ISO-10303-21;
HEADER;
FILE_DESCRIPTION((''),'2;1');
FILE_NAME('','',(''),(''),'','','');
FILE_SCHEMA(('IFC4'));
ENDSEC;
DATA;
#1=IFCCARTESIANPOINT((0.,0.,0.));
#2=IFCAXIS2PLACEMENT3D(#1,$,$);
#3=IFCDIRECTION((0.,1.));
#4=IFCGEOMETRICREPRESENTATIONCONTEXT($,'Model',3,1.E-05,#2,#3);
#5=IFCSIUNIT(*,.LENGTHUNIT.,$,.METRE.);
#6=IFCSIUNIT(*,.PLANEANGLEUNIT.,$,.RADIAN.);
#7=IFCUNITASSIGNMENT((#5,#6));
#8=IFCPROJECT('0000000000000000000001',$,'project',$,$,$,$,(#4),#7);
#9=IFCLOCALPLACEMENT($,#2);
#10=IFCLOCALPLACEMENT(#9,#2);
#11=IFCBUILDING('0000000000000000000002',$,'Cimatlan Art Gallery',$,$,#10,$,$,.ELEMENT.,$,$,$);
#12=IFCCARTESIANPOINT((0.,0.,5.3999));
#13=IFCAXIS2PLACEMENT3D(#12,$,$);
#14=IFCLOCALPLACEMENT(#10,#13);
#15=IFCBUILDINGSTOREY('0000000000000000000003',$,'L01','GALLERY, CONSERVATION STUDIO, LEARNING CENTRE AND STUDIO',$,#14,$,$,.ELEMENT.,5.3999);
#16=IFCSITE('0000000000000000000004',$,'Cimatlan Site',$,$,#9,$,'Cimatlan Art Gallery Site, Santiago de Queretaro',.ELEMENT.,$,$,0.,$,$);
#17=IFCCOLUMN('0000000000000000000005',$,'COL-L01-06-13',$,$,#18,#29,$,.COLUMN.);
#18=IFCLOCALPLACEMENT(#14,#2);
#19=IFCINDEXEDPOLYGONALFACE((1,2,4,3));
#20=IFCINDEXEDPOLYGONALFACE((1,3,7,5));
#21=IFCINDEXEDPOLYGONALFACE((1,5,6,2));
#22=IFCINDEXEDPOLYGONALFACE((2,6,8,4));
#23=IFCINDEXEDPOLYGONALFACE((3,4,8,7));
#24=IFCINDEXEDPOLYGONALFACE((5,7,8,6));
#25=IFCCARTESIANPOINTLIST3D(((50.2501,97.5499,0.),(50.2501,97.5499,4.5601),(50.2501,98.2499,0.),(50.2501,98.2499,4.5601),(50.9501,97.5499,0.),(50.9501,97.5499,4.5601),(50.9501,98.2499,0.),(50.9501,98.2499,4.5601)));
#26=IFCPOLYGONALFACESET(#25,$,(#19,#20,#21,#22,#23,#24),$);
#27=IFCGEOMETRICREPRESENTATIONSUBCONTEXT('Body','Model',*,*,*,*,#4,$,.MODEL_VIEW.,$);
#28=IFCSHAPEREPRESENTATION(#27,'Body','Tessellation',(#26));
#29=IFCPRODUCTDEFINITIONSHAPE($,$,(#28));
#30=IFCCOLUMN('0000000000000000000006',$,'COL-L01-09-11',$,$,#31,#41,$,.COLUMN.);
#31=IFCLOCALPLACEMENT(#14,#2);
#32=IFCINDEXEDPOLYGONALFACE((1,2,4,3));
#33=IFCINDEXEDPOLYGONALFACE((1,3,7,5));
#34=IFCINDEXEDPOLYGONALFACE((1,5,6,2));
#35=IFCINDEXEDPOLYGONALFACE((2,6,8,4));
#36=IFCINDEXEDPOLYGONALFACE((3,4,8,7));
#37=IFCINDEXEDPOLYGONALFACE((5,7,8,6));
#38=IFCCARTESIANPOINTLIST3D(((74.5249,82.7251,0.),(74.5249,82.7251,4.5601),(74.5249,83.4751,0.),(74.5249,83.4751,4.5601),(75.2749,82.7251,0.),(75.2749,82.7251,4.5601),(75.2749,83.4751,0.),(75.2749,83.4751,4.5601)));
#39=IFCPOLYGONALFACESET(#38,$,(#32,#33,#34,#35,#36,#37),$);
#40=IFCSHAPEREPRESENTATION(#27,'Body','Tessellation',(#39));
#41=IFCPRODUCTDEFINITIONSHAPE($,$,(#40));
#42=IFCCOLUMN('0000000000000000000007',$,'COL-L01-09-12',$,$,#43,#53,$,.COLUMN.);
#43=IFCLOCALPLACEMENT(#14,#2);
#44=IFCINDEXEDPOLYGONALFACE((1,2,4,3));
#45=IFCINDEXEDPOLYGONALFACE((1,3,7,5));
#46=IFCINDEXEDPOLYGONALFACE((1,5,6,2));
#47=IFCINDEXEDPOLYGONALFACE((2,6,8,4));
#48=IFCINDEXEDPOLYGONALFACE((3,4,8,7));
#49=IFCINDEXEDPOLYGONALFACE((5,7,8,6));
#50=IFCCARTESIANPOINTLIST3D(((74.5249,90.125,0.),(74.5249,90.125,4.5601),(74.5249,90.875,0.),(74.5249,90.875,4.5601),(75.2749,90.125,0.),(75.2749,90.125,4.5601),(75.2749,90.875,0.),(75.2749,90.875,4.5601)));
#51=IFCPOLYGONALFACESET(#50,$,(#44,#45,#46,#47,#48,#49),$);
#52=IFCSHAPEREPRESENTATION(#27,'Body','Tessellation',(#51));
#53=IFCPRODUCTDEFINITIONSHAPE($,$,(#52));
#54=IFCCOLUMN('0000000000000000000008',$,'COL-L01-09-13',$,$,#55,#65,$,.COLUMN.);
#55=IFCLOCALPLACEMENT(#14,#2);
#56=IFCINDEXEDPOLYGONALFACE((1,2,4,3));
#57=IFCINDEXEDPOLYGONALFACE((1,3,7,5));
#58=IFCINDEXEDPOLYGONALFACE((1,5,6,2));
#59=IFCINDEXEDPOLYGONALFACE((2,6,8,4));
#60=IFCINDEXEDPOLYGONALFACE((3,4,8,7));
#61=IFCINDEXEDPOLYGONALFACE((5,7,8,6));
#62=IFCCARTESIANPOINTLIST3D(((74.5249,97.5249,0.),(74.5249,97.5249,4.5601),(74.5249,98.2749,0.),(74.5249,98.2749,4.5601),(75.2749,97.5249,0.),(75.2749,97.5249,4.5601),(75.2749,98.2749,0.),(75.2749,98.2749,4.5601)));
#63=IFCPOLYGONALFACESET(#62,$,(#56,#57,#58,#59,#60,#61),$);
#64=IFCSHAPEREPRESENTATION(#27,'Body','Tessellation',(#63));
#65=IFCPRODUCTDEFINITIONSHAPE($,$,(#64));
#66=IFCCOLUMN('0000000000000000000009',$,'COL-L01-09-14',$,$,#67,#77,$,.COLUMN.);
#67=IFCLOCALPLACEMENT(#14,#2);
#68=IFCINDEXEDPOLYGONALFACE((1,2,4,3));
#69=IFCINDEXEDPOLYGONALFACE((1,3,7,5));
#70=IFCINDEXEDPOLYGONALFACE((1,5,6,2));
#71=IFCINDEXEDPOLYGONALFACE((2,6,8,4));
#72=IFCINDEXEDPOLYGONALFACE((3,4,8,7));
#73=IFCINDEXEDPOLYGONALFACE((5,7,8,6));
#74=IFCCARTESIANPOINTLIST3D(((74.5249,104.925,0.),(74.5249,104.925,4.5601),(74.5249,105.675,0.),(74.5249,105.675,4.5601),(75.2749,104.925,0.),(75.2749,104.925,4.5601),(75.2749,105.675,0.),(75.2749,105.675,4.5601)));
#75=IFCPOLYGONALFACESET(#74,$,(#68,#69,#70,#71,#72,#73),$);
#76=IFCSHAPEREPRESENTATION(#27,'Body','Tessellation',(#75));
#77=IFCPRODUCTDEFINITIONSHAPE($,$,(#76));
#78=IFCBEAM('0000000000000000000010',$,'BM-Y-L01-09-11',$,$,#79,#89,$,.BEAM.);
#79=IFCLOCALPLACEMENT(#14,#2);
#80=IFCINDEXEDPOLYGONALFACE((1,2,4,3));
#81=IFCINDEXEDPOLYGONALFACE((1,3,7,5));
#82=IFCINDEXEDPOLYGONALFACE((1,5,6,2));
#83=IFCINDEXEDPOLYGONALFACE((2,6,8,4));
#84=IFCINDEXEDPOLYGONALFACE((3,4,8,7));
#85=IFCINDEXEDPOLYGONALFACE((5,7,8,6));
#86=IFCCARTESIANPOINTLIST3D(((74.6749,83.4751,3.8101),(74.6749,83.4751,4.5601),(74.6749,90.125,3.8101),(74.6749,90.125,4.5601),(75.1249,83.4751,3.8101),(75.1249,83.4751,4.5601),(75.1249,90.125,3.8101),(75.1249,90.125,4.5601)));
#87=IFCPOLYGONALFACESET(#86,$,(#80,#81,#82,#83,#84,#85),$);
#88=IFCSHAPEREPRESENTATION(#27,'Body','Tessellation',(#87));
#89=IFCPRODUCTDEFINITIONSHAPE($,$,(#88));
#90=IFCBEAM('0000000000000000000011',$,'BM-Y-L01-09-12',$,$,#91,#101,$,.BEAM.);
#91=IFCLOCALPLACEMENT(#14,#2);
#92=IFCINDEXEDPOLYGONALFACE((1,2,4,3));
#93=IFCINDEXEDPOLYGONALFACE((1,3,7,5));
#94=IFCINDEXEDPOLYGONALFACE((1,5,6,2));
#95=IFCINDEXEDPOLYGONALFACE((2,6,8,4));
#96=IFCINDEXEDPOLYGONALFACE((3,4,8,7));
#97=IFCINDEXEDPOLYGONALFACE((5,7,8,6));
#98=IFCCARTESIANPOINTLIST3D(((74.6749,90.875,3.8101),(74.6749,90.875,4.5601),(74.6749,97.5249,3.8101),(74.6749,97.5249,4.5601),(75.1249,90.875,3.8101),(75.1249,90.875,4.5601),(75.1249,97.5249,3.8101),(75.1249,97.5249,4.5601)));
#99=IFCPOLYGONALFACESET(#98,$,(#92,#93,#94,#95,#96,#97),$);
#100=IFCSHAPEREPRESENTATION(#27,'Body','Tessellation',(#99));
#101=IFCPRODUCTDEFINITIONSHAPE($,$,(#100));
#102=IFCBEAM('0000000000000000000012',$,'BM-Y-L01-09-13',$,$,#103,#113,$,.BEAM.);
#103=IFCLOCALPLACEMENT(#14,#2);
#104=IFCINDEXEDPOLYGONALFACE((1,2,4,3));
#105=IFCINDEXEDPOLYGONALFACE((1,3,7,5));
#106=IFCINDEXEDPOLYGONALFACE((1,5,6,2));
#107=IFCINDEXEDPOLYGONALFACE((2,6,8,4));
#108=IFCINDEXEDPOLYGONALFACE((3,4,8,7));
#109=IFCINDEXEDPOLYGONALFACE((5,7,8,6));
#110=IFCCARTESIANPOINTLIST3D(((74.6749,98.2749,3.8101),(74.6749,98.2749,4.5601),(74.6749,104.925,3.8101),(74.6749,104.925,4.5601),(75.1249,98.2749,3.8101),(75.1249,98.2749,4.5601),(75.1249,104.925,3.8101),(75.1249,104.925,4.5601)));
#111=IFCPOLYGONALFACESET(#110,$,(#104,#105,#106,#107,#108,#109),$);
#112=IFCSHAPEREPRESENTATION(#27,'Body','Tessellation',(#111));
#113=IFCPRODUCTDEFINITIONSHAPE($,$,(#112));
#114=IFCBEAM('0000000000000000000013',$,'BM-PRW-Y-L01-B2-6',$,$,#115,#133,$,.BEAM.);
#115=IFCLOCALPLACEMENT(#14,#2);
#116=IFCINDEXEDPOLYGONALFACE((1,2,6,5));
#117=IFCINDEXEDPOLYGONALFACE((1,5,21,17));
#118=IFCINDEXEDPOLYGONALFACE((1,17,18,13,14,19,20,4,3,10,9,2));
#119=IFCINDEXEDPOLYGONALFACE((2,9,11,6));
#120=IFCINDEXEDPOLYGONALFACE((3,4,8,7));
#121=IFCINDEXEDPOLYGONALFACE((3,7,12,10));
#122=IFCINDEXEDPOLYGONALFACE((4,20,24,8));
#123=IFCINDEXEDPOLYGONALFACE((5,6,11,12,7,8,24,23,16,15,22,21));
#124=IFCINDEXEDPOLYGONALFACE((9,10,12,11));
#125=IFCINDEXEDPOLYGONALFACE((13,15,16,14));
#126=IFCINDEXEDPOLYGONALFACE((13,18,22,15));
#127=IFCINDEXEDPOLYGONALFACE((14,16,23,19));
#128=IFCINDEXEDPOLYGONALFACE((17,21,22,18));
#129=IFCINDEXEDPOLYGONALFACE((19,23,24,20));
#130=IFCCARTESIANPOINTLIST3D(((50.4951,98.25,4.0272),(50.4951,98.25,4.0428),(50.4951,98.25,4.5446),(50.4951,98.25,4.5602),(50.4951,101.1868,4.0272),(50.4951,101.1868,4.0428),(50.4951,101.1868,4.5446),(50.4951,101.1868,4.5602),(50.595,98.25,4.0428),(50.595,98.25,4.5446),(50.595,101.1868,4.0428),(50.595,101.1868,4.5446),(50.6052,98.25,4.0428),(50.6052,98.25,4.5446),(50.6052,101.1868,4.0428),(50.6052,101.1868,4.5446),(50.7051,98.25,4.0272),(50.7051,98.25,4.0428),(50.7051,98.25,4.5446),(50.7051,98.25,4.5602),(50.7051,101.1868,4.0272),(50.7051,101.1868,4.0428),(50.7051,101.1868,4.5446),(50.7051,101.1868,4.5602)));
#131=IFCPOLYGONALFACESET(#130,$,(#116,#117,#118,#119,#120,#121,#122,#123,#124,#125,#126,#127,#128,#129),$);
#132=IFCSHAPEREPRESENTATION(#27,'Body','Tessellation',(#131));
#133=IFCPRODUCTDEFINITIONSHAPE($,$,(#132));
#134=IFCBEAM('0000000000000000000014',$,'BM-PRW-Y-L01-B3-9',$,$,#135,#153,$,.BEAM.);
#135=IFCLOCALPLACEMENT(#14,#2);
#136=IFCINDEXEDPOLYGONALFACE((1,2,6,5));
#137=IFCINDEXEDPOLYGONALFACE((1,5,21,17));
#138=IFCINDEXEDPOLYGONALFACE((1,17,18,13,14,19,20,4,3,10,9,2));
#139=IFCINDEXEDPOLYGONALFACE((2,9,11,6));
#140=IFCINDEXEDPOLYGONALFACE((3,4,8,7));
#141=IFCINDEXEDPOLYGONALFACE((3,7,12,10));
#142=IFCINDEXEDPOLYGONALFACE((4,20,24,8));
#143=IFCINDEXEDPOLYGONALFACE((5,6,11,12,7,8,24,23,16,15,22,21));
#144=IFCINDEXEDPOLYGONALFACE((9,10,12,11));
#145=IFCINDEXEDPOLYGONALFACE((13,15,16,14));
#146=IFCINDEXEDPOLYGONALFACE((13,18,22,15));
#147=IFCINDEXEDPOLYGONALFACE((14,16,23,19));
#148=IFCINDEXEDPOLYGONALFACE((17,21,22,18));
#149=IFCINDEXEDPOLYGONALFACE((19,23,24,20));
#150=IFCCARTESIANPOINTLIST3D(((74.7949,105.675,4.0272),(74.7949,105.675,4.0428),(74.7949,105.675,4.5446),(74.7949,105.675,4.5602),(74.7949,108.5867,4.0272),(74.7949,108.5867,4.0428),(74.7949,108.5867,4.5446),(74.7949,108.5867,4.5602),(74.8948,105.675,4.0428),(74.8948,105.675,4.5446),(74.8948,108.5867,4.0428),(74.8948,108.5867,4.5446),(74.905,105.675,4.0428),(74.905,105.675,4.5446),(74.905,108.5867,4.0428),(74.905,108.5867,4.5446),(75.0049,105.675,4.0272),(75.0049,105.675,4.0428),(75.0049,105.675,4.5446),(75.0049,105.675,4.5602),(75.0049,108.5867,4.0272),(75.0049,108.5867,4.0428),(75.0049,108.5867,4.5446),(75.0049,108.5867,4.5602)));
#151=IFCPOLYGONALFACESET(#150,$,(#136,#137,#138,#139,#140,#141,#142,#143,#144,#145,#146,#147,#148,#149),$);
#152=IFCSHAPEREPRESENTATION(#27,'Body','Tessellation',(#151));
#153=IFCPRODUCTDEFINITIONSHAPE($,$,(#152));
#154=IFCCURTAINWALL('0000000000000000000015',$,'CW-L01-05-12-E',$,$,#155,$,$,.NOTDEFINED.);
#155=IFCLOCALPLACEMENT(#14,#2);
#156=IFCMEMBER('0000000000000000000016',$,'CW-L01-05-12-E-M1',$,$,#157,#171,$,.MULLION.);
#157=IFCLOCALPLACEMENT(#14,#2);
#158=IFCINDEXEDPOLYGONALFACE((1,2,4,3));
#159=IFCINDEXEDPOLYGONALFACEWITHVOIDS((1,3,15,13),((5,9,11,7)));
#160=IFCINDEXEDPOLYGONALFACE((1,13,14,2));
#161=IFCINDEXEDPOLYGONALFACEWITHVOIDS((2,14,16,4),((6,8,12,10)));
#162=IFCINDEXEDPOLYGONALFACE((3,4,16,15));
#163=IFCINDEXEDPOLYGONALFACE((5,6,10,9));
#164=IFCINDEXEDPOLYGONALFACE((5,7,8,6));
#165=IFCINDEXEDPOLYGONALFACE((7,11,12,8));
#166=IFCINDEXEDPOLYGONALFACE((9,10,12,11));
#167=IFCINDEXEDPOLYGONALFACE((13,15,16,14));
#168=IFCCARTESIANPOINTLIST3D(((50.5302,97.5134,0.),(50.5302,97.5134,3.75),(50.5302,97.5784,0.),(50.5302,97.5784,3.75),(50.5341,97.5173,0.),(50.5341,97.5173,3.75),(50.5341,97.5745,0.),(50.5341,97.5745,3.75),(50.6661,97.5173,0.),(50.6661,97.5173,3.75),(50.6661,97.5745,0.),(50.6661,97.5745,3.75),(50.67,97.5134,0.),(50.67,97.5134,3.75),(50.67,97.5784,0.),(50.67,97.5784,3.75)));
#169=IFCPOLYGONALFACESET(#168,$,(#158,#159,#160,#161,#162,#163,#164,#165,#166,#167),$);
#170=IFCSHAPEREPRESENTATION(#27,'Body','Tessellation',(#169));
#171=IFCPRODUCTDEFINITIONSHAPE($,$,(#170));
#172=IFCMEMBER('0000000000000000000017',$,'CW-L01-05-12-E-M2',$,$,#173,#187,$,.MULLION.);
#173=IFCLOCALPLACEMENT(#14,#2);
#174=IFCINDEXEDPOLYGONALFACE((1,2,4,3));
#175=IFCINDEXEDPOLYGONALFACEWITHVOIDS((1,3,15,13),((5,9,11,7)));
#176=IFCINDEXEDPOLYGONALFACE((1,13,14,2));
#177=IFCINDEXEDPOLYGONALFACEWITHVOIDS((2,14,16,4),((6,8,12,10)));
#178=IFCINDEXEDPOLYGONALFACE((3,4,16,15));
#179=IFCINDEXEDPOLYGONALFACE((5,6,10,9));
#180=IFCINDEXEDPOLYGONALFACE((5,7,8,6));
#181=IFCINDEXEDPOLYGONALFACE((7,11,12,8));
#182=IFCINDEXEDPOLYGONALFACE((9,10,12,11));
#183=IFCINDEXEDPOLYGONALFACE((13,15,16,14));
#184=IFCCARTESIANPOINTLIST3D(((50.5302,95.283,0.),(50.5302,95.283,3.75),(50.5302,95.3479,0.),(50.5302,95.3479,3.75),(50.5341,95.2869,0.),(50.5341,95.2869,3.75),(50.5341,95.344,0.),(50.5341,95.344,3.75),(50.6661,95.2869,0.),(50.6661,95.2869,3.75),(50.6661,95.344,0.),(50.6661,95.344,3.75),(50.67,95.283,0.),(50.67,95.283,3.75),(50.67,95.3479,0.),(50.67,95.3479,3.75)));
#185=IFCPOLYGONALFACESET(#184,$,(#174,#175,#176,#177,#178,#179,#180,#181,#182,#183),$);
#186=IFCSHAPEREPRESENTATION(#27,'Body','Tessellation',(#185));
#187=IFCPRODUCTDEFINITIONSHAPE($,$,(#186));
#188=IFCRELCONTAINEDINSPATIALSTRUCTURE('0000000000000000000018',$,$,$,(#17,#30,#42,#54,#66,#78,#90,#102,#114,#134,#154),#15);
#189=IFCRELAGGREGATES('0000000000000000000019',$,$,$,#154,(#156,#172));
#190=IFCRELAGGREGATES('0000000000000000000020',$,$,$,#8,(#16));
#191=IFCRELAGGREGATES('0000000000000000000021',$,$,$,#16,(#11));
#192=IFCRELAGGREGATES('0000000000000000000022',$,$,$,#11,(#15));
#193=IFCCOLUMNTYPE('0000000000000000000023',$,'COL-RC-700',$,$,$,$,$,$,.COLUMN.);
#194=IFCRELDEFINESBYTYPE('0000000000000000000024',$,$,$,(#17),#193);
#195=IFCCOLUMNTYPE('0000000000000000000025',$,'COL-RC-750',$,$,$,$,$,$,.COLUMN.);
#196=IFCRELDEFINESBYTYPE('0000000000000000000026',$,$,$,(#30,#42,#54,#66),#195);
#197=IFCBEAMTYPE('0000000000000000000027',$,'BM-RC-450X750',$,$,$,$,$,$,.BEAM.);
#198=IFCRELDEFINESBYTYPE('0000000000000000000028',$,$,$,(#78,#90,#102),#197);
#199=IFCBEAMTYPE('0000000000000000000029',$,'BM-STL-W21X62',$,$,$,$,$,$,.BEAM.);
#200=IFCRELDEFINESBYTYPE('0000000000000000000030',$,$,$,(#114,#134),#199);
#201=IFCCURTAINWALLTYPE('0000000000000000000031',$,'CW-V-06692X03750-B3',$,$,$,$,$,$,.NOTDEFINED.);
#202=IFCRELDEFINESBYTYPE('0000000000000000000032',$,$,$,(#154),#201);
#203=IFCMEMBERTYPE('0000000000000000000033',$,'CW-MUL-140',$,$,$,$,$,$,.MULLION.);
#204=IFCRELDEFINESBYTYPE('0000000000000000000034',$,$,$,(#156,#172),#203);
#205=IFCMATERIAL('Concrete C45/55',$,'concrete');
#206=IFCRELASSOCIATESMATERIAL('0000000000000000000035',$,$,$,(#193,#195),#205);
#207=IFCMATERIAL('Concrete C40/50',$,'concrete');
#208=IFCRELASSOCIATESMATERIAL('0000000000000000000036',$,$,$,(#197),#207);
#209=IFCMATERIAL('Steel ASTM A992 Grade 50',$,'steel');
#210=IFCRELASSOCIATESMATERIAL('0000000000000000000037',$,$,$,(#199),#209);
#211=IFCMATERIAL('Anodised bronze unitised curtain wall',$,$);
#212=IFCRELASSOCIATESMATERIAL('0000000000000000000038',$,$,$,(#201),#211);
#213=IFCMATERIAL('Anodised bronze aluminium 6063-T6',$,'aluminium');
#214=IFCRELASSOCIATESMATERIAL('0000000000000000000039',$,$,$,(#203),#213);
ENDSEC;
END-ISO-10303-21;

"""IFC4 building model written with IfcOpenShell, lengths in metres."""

from ifc_helpers import new_model, si_unit, direction, frame, origin, origin_2d, place, context, subcontext, project, spatial, rectangle, hollow_rectangle, i_section, extrude, material, material_profile, profile_set, type_object, element, aggregate, save


model = new_model("IFC4")

# Units and contexts
model_context = context("Model", 3, precision=1e-05, world=origin(), true_north=direction((0.0, 1.0)))
body_context = subcontext(model_context, "Body", "Model", "MODEL_VIEW")
ifc_project = project(units=[si_unit("LENGTHUNIT", "METRE"), si_unit("PLANEANGLEUNIT", "RADIAN")], contexts=[model_context])

# Site, building, storey
site_placement = place(None, origin())
site = spatial("IfcSite", under=ifc_project, at=site_placement, Name="Cimatlan Site", LongName="Cimatlan Art Gallery Site, Santiago de Queretaro", CompositionType="ELEMENT", RefElevation=0.0)
building_placement = place(site_placement, origin())
building = spatial("IfcBuilding", under=site, at=building_placement, Name="Cimatlan Art Gallery", CompositionType="ELEMENT")
storey_placement = place(building_placement, frame((0.0, 0.0, 5.3999)))
storey = spatial("IfcBuildingStorey", under=building, at=storey_placement, Name="L01", Description="GALLERY, CONSERVATION STUDIO, LEARNING CENTRE AND STUDIO", CompositionType="ELEMENT", Elevation=5.3999)

# Columns
ifc_material_1 = material(Name="Concrete C45/55", Category="concrete")
ifc_material_profile_1 = material_profile(ifc_material_1, rectangle(XDim=0.7, YDim=0.7, at=origin_2d()), Name="RC700X700")
ifc_profile_set_1 = profile_set([ifc_material_profile_1], Name="Concrete C45/55")
column_type_1 = type_object("IfcColumnType", Name="COL-RC-700", PredefinedType="COLUMN", material=ifc_profile_set_1)
column_placement = place(storey_placement, frame((50.6001, 97.8999, 0.0), z_axis=(0.0, 0.0, 1.0), x_axis=(1.0, 0.0, 0.0)))
element("IfcColumn", 1, at=column_placement, inside=storey, type_object=column_type_1, Name="COL-L01-06-13", PredefinedType="COLUMN", context=body_context, shape_type="SweptSolid", body=[
    extrude(rectangle(XDim=0.7, YDim=0.7, at=origin_2d()), origin(), (0.0, 0.0, 1.0), 4.5601),
])
ifc_material_profile_2 = material_profile(ifc_material_1, rectangle(XDim=0.75, YDim=0.75, at=origin_2d()), Name="RC750X750")
ifc_profile_set_2 = profile_set([ifc_material_profile_2], Name="Concrete C45/55")
column_type_2 = type_object("IfcColumnType", Name="COL-RC-750", PredefinedType="COLUMN", material=ifc_profile_set_2)
for number, where, z_axis, x_axis, name in (
    (2, (74.8999, 83.1001, 0.0), (0.0, 0.0, 1.0), (1.0, 0.0, 0.0), "COL-L01-09-11"),
    (3, (74.8999, 90.5, 0.0), (0.0, 0.0, 1.0), (1.0, 0.0, 0.0), "COL-L01-09-12"),
    (4, (74.8999, 97.8999, 0.0), (0.0, 0.0, 1.0), (1.0, 0.0, 0.0), "COL-L01-09-13"),
    (5, (74.8999, 105.3, 0.0), (0.0, 0.0, 1.0), (1.0, 0.0, 0.0), "COL-L01-09-14"),
):
    element("IfcColumn", number, at=place(storey_placement, frame(where, z_axis=z_axis, x_axis=x_axis)), inside=storey, type_object=column_type_2, Name=name, PredefinedType="COLUMN", context=body_context, shape_type="SweptSolid", body=[
        extrude(rectangle(XDim=0.75, YDim=0.75, at=origin_2d()), origin(), (0.0, 0.0, 1.0), 4.5601),
    ])

# Beams
ifc_material_2 = material(Name="Concrete C40/50", Category="concrete")
ifc_material_profile_3 = material_profile(ifc_material_2, rectangle(XDim=0.45, YDim=0.75, at=origin_2d()), Name="RC450X750")
ifc_profile_set_3 = profile_set([ifc_material_profile_3], Name="Concrete C40/50")
beam_type_1 = type_object("IfcBeamType", Name="BM-RC-450X750", PredefinedType="BEAM", material=ifc_profile_set_3)
for number, where, z_axis, x_axis, name in (
    (6, (74.8999, 83.4751, 4.1851), (0.0, 1.0, 0.0), (-1.0, 0.0, 0.0), "BM-Y-L01-09-11"),
    (7, (74.8999, 90.875, 4.1851), (0.0, 1.0, 0.0), (-1.0, 0.0, 0.0), "BM-Y-L01-09-12"),
):
    element("IfcBeam", number, at=place(storey_placement, frame(where, z_axis=z_axis, x_axis=x_axis)), inside=storey, type_object=beam_type_1, Name=name, PredefinedType="BEAM", context=body_context, shape_type="SweptSolid", body=[
        extrude(rectangle(XDim=0.45, YDim=0.75, at=origin_2d()), origin(), (0.0, 0.0, 1.0), 6.6499),
    ])
beam_1_placement = place(storey_placement, frame((74.8999, 98.2749, 4.1851), z_axis=(0.0, 1.0, 0.0), x_axis=(-1.0, 0.0, 0.0)))
element("IfcBeam", 8, at=beam_1_placement, inside=storey, type_object=beam_type_1, Name="BM-Y-L01-09-13", PredefinedType="BEAM", context=body_context, shape_type="SweptSolid", body=[
    extrude(rectangle(XDim=0.45, YDim=0.75, at=origin_2d()), origin(), (0.0, 0.0, 1.0), 6.6501),
])
ifc_material_3 = material(Name="Steel ASTM A992 Grade 50", Category="steel")
ifc_material_profile_4 = material_profile(ifc_material_3, i_section(OverallWidth=0.21, OverallDepth=0.533, WebThickness=0.0103, FlangeThickness=0.0156, at=origin_2d()), Name="W21X62")
ifc_profile_set_4 = profile_set([ifc_material_profile_4], Name="Steel ASTM A992 Grade 50")
beam_type_2 = type_object("IfcBeamType", Name="BM-STL-W21X62", PredefinedType="BEAM", material=ifc_profile_set_4)
beam_2_placement = place(storey_placement, frame((50.6001, 98.25, 4.2937), z_axis=(0.0, 1.0, 0.0), x_axis=(-1.0, 0.0, 0.0)))
element("IfcBeam", 9, at=beam_2_placement, inside=storey, type_object=beam_type_2, Name="BM-PRW-Y-L01-B2-6", PredefinedType="BEAM", context=body_context, shape_type="SweptSolid", body=[
    extrude(i_section(OverallWidth=0.21, OverallDepth=0.533, WebThickness=0.0103, FlangeThickness=0.0156, at=origin_2d()), origin(), (0.0, 0.0, 1.0), 2.9368),
])
beam_3_placement = place(storey_placement, frame((74.8999, 105.675, 4.2937), z_axis=(0.0, 1.0, 0.0), x_axis=(-1.0, 0.0, 0.0)))
element("IfcBeam", 10, at=beam_3_placement, inside=storey, type_object=beam_type_2, Name="BM-PRW-Y-L01-B3-9", PredefinedType="BEAM", context=body_context, shape_type="SweptSolid", body=[
    extrude(i_section(OverallWidth=0.21, OverallDepth=0.533, WebThickness=0.0103, FlangeThickness=0.0156, at=origin_2d()), origin(), (0.0, 0.0, 1.0), 2.9116),
])

# Curtain wall, members
ifc_material_4 = material(Name="Anodised bronze unitised curtain wall")
curtain_wall_type_1 = type_object("IfcCurtainWallType", Name="CW-V-06692X03750-B3", PredefinedType="NOTDEFINED", material=ifc_material_4)
curtain_wall_1_placement = place(storey_placement, origin())
curtain_wall_1 = element("IfcCurtainWall", 11, at=curtain_wall_1_placement, inside=storey, type_object=curtain_wall_type_1, Name="CW-L01-05-12-E", PredefinedType="NOTDEFINED")
ifc_material_5 = material(Name="Anodised bronze aluminium 6063-T6", Category="aluminium")
ifc_material_profile_5 = material_profile(ifc_material_5, hollow_rectangle(XDim=0.0649, YDim=0.1399, WallThickness=0.0039, at=origin_2d()), Name="ALU65X140X4")
ifc_profile_set_5 = profile_set([ifc_material_profile_5], Name="Anodised bronze aluminium 6063-T6")
member_type_1 = type_object("IfcMemberType", Name="CW-MUL-140", PredefinedType="MULLION", material=ifc_profile_set_5)
member_1_placement = place(storey_placement, frame((50.6001, 97.5459, 0.0), z_axis=(0.0, 0.0, 1.0), x_axis=(0.0, 1.0, 0.0)))
member_1 = element("IfcMember", 12, at=member_1_placement, type_object=member_type_1, Name="CW-L01-05-12-E-M1", PredefinedType="MULLION", context=body_context, shape_type="SweptSolid", body=[
    extrude(hollow_rectangle(XDim=0.0649, YDim=0.1399, WallThickness=0.0039, at=origin_2d()), origin(), (0.0, 0.0, 1.0), 3.75),
])
member_2_placement = place(storey_placement, frame((50.6001, 95.3154, 0.0), z_axis=(0.0, 0.0, 1.0), x_axis=(0.0, 1.0, 0.0)))
member_2 = element("IfcMember", 13, at=member_2_placement, type_object=member_type_1, Name="CW-L01-05-12-E-M2", PredefinedType="MULLION", context=body_context, shape_type="SweptSolid", body=[
    extrude(hollow_rectangle(XDim=0.0649, YDim=0.1399, WallThickness=0.0039, at=origin_2d()), origin(), (0.0, 0.0, 1.0), 3.75),
])

aggregate(curtain_wall_1, [member_1, member_2])

save(model, "model.ifc")
